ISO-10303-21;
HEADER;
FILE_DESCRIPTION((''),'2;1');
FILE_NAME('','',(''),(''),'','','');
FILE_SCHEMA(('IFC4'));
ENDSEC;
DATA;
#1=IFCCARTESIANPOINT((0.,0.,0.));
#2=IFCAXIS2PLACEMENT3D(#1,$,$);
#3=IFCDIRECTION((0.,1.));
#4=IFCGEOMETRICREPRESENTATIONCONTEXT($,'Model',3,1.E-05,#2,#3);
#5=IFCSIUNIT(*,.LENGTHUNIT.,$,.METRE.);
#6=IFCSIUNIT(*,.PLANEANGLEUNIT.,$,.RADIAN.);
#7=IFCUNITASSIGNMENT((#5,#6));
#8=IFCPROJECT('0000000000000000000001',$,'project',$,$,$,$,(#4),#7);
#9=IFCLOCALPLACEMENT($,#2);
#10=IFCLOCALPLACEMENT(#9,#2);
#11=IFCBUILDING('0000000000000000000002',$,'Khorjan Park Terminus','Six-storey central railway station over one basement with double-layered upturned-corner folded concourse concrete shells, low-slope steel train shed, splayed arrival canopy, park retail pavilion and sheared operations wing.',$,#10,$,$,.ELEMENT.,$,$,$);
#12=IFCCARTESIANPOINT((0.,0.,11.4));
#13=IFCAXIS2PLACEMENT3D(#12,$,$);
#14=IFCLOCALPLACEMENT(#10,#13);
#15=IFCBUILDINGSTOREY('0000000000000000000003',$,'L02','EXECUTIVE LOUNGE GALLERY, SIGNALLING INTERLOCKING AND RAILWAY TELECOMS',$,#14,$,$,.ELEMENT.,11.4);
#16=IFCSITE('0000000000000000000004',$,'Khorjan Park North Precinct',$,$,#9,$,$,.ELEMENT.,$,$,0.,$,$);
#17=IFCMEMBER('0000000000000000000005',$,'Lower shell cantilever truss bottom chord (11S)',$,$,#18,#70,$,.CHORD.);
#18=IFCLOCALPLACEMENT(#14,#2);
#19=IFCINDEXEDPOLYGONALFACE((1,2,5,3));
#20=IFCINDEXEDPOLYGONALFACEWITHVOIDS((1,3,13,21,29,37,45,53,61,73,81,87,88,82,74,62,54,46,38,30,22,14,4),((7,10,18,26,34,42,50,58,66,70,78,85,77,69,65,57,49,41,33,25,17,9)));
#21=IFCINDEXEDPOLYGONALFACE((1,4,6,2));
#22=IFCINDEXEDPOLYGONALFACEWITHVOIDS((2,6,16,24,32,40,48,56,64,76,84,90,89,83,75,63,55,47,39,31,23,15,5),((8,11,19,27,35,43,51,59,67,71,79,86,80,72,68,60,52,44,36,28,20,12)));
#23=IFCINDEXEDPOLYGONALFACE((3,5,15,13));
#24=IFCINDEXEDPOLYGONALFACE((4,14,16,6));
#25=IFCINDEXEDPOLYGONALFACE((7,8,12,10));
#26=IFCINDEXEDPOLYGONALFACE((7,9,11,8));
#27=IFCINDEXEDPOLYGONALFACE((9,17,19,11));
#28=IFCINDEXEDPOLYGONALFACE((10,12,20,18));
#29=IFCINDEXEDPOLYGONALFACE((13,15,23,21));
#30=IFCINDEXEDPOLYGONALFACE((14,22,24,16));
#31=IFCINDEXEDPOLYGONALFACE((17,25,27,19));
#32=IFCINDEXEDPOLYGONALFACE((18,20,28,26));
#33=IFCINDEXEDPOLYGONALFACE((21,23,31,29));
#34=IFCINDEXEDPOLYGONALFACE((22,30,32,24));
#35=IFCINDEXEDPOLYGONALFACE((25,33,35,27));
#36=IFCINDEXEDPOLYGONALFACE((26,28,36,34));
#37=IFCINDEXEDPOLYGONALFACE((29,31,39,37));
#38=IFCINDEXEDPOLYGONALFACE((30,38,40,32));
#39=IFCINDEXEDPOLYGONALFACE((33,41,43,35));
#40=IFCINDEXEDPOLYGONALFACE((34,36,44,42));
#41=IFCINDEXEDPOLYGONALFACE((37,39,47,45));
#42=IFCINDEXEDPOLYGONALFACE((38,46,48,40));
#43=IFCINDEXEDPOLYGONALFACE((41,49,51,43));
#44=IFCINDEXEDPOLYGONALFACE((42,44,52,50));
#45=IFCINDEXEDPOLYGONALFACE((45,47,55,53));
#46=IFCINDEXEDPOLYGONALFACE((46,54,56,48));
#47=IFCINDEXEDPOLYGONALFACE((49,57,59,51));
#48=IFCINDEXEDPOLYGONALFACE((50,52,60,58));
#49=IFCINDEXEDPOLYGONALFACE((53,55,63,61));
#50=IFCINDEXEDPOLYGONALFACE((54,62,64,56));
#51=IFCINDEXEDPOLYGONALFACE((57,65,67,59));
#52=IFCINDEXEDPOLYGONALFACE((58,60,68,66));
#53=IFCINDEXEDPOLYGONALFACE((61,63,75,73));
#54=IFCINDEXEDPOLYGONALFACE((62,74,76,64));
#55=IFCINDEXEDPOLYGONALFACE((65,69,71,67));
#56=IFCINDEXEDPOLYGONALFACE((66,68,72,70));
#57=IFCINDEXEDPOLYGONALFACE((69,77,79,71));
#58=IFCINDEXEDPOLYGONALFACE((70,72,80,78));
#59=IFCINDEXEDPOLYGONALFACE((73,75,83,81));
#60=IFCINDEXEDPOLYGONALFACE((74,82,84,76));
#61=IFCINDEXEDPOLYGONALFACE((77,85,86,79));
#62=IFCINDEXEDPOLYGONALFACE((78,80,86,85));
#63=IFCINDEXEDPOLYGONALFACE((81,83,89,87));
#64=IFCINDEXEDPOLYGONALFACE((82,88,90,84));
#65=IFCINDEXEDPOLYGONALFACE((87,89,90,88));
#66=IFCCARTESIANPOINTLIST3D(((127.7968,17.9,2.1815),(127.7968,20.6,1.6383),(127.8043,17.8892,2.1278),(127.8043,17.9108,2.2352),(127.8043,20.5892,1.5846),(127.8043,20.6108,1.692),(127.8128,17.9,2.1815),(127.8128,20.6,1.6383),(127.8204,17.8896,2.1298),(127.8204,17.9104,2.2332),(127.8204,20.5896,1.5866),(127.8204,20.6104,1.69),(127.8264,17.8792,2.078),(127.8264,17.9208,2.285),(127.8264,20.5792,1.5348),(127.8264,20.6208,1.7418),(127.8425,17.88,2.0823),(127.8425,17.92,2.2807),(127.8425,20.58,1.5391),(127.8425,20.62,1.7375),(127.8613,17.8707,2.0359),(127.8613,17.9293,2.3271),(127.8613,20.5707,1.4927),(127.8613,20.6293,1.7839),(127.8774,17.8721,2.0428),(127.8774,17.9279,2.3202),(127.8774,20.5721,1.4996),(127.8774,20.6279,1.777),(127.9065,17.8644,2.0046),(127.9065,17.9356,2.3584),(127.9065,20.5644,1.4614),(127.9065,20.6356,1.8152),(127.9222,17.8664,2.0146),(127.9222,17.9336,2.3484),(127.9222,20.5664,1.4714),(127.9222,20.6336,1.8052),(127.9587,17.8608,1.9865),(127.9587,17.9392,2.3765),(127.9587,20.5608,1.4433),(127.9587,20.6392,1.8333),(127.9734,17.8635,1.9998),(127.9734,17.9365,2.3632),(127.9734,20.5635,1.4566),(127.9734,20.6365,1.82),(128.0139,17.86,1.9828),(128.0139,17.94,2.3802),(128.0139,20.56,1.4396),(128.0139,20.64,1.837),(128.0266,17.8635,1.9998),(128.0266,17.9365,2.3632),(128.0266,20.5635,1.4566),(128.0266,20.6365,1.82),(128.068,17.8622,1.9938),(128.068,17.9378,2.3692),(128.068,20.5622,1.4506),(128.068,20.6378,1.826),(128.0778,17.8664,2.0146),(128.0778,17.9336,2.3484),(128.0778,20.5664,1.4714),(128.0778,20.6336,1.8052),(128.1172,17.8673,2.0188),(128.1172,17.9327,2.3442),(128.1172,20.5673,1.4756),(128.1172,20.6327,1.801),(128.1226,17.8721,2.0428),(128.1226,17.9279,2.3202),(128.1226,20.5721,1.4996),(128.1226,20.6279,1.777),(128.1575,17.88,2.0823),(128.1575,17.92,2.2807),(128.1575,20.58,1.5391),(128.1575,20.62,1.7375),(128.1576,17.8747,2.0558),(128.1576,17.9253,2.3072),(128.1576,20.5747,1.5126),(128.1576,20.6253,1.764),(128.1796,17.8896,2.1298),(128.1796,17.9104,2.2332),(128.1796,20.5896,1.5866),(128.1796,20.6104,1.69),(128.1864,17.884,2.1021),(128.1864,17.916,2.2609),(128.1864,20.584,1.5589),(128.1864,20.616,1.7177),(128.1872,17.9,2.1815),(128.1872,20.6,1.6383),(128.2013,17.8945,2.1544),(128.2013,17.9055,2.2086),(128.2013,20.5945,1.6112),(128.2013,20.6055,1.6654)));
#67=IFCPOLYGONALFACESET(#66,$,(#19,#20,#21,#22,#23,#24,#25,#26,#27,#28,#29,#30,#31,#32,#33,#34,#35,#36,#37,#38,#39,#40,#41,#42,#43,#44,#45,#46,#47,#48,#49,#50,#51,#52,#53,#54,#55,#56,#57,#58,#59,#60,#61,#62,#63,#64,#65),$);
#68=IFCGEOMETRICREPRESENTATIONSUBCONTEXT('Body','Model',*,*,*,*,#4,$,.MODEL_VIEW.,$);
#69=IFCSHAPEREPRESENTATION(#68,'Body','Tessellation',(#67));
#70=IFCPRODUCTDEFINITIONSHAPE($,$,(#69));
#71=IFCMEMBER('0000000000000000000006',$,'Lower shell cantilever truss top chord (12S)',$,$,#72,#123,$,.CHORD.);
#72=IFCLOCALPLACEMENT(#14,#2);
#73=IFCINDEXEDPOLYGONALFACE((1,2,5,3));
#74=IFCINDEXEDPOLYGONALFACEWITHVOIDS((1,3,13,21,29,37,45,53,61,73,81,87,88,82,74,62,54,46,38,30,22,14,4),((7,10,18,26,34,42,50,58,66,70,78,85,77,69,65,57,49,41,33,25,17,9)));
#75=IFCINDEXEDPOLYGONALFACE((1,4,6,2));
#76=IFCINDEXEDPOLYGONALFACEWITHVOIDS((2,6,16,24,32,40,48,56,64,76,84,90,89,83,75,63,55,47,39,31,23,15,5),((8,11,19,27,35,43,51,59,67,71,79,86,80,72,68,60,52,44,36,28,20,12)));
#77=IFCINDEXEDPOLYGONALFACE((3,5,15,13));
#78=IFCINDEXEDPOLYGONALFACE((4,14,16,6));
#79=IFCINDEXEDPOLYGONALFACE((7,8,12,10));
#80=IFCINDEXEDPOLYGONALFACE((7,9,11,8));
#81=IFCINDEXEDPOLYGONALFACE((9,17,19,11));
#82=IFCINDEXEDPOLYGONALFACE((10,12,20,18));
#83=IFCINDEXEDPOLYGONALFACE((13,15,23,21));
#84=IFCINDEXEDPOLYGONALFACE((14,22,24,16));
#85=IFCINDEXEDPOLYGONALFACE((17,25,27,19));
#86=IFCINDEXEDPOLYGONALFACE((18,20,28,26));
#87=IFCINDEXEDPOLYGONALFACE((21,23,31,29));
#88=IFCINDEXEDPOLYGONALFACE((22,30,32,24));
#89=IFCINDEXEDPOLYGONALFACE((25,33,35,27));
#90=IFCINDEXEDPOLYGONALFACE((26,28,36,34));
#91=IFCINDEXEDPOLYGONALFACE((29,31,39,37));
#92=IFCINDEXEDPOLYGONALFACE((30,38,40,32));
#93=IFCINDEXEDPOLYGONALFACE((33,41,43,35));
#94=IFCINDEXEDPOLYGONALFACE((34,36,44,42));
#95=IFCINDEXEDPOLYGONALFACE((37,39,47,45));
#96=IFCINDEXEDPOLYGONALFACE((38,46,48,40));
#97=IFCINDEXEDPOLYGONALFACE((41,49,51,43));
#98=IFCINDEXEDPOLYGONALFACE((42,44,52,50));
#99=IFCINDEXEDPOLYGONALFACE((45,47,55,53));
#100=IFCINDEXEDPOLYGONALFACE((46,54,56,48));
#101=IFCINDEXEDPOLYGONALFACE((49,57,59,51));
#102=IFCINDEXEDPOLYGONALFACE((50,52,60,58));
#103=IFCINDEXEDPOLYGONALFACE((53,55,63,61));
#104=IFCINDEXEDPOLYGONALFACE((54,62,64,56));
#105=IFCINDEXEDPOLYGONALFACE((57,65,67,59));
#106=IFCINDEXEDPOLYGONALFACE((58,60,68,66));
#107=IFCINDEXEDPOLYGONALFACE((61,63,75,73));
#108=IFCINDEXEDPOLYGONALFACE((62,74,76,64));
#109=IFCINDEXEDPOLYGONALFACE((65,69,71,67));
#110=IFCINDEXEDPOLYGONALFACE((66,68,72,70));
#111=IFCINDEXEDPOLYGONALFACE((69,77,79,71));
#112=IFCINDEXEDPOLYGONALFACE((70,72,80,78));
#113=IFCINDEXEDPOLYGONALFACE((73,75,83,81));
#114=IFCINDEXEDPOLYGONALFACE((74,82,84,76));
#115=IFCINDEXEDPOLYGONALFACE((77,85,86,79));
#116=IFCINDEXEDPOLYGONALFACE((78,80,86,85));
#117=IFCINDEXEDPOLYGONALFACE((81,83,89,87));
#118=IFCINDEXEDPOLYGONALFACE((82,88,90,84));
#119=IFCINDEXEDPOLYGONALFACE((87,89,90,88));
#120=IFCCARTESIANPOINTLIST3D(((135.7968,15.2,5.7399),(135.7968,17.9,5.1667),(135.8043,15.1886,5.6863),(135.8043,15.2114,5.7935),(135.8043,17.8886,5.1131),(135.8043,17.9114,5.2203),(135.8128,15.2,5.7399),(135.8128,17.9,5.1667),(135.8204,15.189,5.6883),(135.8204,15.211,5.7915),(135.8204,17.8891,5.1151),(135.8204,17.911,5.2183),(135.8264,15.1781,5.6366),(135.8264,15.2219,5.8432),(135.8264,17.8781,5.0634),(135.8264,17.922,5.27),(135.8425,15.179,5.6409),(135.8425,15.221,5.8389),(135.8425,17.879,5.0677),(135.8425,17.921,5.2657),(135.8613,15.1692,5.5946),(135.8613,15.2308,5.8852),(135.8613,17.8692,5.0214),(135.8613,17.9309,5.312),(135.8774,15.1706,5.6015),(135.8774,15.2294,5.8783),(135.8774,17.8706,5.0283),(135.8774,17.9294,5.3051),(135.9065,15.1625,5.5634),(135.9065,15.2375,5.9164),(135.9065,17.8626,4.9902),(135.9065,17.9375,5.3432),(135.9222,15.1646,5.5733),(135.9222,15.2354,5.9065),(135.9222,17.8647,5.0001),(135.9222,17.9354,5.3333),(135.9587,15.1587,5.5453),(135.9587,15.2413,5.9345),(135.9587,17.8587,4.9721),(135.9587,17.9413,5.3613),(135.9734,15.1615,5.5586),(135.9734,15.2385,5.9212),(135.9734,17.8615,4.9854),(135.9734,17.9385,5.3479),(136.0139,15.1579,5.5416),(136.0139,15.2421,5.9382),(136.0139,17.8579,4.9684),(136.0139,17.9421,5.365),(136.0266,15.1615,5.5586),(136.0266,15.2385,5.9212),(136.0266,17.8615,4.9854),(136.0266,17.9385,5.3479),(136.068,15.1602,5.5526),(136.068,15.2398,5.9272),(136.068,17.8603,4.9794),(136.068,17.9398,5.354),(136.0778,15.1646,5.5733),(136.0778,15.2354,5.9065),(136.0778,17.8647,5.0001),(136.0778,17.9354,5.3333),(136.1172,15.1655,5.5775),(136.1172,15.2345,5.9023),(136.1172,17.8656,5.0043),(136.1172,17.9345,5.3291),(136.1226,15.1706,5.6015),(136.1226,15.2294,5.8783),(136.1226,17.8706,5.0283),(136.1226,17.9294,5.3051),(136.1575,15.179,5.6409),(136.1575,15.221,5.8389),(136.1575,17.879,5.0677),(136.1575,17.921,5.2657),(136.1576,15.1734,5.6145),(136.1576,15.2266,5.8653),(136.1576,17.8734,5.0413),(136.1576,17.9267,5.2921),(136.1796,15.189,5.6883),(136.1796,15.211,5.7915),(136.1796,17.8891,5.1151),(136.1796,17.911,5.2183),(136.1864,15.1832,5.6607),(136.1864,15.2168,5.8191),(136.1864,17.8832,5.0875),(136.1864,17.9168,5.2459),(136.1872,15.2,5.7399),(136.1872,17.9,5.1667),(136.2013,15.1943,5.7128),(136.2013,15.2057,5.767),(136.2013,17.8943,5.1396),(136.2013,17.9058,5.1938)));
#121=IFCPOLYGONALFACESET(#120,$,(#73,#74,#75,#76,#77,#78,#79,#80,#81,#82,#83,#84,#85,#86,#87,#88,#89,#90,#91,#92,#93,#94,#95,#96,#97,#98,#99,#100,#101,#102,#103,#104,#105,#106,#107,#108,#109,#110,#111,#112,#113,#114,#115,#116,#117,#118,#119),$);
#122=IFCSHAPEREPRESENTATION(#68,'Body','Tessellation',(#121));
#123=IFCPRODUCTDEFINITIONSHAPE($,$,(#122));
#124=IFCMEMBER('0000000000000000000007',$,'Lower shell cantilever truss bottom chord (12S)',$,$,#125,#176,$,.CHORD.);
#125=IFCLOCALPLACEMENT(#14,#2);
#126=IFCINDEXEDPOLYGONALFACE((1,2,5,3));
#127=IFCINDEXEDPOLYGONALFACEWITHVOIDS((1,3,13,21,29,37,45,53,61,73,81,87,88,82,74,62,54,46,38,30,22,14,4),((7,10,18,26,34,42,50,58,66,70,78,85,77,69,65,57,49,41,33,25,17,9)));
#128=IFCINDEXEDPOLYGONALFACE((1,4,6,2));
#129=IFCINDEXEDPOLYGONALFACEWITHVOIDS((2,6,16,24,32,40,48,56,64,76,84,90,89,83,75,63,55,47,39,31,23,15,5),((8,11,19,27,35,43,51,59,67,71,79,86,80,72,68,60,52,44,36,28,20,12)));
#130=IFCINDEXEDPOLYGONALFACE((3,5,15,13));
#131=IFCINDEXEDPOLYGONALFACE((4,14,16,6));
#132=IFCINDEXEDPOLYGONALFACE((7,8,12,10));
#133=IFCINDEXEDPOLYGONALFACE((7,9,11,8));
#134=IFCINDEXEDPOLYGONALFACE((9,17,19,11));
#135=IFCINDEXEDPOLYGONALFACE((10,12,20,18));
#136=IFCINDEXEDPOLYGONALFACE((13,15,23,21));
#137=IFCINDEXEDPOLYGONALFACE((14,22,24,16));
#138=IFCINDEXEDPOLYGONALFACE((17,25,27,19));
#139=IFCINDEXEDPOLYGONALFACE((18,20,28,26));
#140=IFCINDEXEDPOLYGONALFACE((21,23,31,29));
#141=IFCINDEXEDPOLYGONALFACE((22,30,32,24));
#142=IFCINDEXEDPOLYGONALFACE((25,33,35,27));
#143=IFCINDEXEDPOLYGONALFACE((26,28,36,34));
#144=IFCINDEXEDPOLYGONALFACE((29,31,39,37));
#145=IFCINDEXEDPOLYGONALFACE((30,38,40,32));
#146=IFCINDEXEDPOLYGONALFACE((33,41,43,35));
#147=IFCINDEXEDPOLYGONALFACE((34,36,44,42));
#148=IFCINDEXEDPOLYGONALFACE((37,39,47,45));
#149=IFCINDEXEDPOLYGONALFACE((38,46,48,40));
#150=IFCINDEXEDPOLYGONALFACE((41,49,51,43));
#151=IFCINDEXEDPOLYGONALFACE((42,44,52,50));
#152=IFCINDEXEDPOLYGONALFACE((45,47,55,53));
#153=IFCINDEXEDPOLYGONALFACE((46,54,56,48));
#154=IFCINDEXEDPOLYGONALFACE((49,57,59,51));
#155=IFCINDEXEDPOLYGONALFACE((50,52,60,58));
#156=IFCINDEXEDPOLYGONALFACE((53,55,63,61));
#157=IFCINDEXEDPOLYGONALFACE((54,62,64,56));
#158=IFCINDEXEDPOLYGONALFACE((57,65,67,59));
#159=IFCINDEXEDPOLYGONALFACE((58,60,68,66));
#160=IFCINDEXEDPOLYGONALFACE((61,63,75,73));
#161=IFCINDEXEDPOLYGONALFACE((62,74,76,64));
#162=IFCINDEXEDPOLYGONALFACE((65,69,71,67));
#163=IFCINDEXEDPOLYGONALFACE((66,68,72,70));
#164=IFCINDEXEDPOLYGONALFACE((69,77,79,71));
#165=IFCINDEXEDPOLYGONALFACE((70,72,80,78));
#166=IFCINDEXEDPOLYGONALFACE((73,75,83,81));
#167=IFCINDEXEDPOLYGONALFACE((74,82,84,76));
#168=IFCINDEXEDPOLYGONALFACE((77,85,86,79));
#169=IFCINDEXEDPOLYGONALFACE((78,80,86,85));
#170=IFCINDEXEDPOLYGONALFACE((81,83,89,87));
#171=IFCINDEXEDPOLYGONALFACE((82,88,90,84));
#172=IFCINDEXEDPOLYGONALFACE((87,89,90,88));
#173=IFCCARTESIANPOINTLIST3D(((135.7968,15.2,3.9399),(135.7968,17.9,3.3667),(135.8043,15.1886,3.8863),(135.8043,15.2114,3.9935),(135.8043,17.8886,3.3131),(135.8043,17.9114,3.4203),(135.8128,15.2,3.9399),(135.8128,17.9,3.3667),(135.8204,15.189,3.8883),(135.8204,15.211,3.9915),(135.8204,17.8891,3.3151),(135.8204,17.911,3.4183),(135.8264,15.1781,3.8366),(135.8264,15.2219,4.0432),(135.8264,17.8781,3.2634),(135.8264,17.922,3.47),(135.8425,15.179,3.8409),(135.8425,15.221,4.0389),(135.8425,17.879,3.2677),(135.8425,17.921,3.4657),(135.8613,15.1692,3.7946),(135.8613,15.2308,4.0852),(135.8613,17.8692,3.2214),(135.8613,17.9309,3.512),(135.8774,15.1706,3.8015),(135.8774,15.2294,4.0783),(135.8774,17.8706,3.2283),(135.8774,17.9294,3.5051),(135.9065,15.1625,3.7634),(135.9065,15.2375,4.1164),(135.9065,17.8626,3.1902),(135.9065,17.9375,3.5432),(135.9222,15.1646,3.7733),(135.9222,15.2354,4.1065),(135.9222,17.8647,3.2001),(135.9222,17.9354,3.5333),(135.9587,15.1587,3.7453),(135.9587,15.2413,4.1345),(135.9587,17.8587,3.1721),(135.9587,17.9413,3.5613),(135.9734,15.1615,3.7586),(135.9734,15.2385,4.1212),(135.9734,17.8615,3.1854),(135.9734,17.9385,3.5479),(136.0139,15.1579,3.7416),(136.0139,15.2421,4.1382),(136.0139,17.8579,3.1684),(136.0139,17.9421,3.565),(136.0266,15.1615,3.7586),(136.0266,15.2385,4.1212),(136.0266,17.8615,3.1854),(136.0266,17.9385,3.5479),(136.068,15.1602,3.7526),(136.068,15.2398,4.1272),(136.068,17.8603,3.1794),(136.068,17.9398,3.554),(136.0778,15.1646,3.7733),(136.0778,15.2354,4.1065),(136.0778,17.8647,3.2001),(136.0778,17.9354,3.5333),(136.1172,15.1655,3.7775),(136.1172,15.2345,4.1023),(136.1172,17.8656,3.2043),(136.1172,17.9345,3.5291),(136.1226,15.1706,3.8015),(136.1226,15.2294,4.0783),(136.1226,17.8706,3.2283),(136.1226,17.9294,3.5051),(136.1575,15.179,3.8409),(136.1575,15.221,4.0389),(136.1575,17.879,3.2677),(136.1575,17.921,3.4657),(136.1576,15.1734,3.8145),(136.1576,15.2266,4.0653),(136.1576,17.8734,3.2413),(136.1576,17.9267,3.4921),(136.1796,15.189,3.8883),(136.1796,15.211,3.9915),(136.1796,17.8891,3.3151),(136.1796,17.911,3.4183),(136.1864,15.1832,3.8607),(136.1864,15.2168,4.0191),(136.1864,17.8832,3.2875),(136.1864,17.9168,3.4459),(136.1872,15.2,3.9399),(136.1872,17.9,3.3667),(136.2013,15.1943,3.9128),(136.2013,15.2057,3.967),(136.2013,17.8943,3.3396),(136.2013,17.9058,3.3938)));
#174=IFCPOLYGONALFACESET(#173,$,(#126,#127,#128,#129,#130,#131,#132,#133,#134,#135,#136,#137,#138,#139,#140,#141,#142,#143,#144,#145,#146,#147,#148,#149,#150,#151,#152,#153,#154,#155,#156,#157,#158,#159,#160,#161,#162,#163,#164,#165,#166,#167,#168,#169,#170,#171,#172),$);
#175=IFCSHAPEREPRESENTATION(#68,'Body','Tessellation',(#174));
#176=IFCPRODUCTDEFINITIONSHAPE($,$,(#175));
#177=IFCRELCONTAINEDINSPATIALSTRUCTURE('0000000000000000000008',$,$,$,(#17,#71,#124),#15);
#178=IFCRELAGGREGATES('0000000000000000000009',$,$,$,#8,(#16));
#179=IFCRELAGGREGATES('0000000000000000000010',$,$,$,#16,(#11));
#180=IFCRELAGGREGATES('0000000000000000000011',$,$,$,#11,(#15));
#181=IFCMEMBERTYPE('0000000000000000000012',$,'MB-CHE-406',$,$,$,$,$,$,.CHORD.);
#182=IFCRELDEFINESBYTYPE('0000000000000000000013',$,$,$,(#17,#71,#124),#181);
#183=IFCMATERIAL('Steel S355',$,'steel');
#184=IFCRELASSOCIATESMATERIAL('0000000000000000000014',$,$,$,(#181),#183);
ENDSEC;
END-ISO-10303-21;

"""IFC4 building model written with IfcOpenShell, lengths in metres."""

from ifc_helpers import new_model, si_unit, direction, frame, origin, origin_2d, place, context, subcontext, project, spatial, hollow_circle, extrude, material, material_profile, profile_set, type_object, element, save


model = new_model("IFC4")

# Units and contexts
model_context = context("Model", 3, precision=1e-05, world=origin(), true_north=direction((0.0, 1.0)))
body_context = subcontext(model_context, "Body", "Model", "MODEL_VIEW")
ifc_project = project(units=[si_unit("LENGTHUNIT", "METRE"), si_unit("PLANEANGLEUNIT", "RADIAN")], contexts=[model_context])

# Site, building, storey
site_placement = place(None, origin())
site = spatial("IfcSite", under=ifc_project, at=site_placement, Name="Khorjan Park North Precinct", CompositionType="ELEMENT", RefElevation=0.0)
building_placement = place(site_placement, origin())
building = spatial("IfcBuilding", under=site, at=building_placement, Name="Khorjan Park Terminus", Description="Six-storey central railway station over one basement with double-layered upturned-corner folded concourse concrete shells, low-slope steel train shed, splayed arrival canopy, park retail pavilion and sheared operations wing.", CompositionType="ELEMENT")
storey_placement = place(building_placement, frame((0.0, 0.0, 11.4)))
storey = spatial("IfcBuildingStorey", under=building, at=storey_placement, Name="L02", Description="EXECUTIVE LOUNGE GALLERY, SIGNALLING INTERLOCKING AND RAILWAY TELECOMS", CompositionType="ELEMENT", Elevation=11.4)

# Members
ifc_material_1 = material(Name="Steel S355", Category="steel")
ifc_material_profile_1 = material_profile(ifc_material_1, hollow_circle(Radius=0.2032, WallThickness=0.016, at=origin_2d()), Name="CHS 406.4x16")
ifc_profile_set_1 = profile_set([ifc_material_profile_1], Name="Steel S355")
member_type_1 = type_object("IfcMemberType", Name="MB-CHE-406", PredefinedType="CHORD", material=ifc_profile_set_1)
for number, where, z_axis, x_axis, name in (
    (1, (128.0, 17.9, 2.1815), (0.0, 0.980357, -0.197233), (-1.0, 0.0, 0.0), "Lower shell cantilever truss bottom chord (11S)"),
):
    element("IfcMember", number, at=place(storey_placement, frame(where, z_axis=z_axis, x_axis=x_axis)), inside=storey, type_object=member_type_1, Name=name, PredefinedType="CHORD", context=body_context, shape_type="SweptSolid", body=[
        extrude(hollow_circle(Radius=0.2032, WallThickness=0.016, at=origin_2d()), origin(), (0.0, 0.0, 1.0), 2.7541),
    ])
for number, where, z_axis, x_axis, name in (
    (2, (136.0, 15.2, 5.7399), (0.0, 0.978199, -0.207668), (-1.0, 0.0, 0.0), "Lower shell cantilever truss top chord (12S)"),
    (3, (136.0, 15.2, 3.9399), (0.0, 0.978199, -0.207668), (-1.0, 0.0, 0.0), "Lower shell cantilever truss bottom chord (12S)"),
):
    element("IfcMember", number, at=place(storey_placement, frame(where, z_axis=z_axis, x_axis=x_axis)), inside=storey, type_object=member_type_1, Name=name, PredefinedType="CHORD", context=body_context, shape_type="SweptSolid", body=[
        extrude(hollow_circle(Radius=0.2032, WallThickness=0.016, at=origin_2d()), origin(), (0.0, 0.0, 1.0), 2.7602),
    ])

save(model, "model.ifc")
